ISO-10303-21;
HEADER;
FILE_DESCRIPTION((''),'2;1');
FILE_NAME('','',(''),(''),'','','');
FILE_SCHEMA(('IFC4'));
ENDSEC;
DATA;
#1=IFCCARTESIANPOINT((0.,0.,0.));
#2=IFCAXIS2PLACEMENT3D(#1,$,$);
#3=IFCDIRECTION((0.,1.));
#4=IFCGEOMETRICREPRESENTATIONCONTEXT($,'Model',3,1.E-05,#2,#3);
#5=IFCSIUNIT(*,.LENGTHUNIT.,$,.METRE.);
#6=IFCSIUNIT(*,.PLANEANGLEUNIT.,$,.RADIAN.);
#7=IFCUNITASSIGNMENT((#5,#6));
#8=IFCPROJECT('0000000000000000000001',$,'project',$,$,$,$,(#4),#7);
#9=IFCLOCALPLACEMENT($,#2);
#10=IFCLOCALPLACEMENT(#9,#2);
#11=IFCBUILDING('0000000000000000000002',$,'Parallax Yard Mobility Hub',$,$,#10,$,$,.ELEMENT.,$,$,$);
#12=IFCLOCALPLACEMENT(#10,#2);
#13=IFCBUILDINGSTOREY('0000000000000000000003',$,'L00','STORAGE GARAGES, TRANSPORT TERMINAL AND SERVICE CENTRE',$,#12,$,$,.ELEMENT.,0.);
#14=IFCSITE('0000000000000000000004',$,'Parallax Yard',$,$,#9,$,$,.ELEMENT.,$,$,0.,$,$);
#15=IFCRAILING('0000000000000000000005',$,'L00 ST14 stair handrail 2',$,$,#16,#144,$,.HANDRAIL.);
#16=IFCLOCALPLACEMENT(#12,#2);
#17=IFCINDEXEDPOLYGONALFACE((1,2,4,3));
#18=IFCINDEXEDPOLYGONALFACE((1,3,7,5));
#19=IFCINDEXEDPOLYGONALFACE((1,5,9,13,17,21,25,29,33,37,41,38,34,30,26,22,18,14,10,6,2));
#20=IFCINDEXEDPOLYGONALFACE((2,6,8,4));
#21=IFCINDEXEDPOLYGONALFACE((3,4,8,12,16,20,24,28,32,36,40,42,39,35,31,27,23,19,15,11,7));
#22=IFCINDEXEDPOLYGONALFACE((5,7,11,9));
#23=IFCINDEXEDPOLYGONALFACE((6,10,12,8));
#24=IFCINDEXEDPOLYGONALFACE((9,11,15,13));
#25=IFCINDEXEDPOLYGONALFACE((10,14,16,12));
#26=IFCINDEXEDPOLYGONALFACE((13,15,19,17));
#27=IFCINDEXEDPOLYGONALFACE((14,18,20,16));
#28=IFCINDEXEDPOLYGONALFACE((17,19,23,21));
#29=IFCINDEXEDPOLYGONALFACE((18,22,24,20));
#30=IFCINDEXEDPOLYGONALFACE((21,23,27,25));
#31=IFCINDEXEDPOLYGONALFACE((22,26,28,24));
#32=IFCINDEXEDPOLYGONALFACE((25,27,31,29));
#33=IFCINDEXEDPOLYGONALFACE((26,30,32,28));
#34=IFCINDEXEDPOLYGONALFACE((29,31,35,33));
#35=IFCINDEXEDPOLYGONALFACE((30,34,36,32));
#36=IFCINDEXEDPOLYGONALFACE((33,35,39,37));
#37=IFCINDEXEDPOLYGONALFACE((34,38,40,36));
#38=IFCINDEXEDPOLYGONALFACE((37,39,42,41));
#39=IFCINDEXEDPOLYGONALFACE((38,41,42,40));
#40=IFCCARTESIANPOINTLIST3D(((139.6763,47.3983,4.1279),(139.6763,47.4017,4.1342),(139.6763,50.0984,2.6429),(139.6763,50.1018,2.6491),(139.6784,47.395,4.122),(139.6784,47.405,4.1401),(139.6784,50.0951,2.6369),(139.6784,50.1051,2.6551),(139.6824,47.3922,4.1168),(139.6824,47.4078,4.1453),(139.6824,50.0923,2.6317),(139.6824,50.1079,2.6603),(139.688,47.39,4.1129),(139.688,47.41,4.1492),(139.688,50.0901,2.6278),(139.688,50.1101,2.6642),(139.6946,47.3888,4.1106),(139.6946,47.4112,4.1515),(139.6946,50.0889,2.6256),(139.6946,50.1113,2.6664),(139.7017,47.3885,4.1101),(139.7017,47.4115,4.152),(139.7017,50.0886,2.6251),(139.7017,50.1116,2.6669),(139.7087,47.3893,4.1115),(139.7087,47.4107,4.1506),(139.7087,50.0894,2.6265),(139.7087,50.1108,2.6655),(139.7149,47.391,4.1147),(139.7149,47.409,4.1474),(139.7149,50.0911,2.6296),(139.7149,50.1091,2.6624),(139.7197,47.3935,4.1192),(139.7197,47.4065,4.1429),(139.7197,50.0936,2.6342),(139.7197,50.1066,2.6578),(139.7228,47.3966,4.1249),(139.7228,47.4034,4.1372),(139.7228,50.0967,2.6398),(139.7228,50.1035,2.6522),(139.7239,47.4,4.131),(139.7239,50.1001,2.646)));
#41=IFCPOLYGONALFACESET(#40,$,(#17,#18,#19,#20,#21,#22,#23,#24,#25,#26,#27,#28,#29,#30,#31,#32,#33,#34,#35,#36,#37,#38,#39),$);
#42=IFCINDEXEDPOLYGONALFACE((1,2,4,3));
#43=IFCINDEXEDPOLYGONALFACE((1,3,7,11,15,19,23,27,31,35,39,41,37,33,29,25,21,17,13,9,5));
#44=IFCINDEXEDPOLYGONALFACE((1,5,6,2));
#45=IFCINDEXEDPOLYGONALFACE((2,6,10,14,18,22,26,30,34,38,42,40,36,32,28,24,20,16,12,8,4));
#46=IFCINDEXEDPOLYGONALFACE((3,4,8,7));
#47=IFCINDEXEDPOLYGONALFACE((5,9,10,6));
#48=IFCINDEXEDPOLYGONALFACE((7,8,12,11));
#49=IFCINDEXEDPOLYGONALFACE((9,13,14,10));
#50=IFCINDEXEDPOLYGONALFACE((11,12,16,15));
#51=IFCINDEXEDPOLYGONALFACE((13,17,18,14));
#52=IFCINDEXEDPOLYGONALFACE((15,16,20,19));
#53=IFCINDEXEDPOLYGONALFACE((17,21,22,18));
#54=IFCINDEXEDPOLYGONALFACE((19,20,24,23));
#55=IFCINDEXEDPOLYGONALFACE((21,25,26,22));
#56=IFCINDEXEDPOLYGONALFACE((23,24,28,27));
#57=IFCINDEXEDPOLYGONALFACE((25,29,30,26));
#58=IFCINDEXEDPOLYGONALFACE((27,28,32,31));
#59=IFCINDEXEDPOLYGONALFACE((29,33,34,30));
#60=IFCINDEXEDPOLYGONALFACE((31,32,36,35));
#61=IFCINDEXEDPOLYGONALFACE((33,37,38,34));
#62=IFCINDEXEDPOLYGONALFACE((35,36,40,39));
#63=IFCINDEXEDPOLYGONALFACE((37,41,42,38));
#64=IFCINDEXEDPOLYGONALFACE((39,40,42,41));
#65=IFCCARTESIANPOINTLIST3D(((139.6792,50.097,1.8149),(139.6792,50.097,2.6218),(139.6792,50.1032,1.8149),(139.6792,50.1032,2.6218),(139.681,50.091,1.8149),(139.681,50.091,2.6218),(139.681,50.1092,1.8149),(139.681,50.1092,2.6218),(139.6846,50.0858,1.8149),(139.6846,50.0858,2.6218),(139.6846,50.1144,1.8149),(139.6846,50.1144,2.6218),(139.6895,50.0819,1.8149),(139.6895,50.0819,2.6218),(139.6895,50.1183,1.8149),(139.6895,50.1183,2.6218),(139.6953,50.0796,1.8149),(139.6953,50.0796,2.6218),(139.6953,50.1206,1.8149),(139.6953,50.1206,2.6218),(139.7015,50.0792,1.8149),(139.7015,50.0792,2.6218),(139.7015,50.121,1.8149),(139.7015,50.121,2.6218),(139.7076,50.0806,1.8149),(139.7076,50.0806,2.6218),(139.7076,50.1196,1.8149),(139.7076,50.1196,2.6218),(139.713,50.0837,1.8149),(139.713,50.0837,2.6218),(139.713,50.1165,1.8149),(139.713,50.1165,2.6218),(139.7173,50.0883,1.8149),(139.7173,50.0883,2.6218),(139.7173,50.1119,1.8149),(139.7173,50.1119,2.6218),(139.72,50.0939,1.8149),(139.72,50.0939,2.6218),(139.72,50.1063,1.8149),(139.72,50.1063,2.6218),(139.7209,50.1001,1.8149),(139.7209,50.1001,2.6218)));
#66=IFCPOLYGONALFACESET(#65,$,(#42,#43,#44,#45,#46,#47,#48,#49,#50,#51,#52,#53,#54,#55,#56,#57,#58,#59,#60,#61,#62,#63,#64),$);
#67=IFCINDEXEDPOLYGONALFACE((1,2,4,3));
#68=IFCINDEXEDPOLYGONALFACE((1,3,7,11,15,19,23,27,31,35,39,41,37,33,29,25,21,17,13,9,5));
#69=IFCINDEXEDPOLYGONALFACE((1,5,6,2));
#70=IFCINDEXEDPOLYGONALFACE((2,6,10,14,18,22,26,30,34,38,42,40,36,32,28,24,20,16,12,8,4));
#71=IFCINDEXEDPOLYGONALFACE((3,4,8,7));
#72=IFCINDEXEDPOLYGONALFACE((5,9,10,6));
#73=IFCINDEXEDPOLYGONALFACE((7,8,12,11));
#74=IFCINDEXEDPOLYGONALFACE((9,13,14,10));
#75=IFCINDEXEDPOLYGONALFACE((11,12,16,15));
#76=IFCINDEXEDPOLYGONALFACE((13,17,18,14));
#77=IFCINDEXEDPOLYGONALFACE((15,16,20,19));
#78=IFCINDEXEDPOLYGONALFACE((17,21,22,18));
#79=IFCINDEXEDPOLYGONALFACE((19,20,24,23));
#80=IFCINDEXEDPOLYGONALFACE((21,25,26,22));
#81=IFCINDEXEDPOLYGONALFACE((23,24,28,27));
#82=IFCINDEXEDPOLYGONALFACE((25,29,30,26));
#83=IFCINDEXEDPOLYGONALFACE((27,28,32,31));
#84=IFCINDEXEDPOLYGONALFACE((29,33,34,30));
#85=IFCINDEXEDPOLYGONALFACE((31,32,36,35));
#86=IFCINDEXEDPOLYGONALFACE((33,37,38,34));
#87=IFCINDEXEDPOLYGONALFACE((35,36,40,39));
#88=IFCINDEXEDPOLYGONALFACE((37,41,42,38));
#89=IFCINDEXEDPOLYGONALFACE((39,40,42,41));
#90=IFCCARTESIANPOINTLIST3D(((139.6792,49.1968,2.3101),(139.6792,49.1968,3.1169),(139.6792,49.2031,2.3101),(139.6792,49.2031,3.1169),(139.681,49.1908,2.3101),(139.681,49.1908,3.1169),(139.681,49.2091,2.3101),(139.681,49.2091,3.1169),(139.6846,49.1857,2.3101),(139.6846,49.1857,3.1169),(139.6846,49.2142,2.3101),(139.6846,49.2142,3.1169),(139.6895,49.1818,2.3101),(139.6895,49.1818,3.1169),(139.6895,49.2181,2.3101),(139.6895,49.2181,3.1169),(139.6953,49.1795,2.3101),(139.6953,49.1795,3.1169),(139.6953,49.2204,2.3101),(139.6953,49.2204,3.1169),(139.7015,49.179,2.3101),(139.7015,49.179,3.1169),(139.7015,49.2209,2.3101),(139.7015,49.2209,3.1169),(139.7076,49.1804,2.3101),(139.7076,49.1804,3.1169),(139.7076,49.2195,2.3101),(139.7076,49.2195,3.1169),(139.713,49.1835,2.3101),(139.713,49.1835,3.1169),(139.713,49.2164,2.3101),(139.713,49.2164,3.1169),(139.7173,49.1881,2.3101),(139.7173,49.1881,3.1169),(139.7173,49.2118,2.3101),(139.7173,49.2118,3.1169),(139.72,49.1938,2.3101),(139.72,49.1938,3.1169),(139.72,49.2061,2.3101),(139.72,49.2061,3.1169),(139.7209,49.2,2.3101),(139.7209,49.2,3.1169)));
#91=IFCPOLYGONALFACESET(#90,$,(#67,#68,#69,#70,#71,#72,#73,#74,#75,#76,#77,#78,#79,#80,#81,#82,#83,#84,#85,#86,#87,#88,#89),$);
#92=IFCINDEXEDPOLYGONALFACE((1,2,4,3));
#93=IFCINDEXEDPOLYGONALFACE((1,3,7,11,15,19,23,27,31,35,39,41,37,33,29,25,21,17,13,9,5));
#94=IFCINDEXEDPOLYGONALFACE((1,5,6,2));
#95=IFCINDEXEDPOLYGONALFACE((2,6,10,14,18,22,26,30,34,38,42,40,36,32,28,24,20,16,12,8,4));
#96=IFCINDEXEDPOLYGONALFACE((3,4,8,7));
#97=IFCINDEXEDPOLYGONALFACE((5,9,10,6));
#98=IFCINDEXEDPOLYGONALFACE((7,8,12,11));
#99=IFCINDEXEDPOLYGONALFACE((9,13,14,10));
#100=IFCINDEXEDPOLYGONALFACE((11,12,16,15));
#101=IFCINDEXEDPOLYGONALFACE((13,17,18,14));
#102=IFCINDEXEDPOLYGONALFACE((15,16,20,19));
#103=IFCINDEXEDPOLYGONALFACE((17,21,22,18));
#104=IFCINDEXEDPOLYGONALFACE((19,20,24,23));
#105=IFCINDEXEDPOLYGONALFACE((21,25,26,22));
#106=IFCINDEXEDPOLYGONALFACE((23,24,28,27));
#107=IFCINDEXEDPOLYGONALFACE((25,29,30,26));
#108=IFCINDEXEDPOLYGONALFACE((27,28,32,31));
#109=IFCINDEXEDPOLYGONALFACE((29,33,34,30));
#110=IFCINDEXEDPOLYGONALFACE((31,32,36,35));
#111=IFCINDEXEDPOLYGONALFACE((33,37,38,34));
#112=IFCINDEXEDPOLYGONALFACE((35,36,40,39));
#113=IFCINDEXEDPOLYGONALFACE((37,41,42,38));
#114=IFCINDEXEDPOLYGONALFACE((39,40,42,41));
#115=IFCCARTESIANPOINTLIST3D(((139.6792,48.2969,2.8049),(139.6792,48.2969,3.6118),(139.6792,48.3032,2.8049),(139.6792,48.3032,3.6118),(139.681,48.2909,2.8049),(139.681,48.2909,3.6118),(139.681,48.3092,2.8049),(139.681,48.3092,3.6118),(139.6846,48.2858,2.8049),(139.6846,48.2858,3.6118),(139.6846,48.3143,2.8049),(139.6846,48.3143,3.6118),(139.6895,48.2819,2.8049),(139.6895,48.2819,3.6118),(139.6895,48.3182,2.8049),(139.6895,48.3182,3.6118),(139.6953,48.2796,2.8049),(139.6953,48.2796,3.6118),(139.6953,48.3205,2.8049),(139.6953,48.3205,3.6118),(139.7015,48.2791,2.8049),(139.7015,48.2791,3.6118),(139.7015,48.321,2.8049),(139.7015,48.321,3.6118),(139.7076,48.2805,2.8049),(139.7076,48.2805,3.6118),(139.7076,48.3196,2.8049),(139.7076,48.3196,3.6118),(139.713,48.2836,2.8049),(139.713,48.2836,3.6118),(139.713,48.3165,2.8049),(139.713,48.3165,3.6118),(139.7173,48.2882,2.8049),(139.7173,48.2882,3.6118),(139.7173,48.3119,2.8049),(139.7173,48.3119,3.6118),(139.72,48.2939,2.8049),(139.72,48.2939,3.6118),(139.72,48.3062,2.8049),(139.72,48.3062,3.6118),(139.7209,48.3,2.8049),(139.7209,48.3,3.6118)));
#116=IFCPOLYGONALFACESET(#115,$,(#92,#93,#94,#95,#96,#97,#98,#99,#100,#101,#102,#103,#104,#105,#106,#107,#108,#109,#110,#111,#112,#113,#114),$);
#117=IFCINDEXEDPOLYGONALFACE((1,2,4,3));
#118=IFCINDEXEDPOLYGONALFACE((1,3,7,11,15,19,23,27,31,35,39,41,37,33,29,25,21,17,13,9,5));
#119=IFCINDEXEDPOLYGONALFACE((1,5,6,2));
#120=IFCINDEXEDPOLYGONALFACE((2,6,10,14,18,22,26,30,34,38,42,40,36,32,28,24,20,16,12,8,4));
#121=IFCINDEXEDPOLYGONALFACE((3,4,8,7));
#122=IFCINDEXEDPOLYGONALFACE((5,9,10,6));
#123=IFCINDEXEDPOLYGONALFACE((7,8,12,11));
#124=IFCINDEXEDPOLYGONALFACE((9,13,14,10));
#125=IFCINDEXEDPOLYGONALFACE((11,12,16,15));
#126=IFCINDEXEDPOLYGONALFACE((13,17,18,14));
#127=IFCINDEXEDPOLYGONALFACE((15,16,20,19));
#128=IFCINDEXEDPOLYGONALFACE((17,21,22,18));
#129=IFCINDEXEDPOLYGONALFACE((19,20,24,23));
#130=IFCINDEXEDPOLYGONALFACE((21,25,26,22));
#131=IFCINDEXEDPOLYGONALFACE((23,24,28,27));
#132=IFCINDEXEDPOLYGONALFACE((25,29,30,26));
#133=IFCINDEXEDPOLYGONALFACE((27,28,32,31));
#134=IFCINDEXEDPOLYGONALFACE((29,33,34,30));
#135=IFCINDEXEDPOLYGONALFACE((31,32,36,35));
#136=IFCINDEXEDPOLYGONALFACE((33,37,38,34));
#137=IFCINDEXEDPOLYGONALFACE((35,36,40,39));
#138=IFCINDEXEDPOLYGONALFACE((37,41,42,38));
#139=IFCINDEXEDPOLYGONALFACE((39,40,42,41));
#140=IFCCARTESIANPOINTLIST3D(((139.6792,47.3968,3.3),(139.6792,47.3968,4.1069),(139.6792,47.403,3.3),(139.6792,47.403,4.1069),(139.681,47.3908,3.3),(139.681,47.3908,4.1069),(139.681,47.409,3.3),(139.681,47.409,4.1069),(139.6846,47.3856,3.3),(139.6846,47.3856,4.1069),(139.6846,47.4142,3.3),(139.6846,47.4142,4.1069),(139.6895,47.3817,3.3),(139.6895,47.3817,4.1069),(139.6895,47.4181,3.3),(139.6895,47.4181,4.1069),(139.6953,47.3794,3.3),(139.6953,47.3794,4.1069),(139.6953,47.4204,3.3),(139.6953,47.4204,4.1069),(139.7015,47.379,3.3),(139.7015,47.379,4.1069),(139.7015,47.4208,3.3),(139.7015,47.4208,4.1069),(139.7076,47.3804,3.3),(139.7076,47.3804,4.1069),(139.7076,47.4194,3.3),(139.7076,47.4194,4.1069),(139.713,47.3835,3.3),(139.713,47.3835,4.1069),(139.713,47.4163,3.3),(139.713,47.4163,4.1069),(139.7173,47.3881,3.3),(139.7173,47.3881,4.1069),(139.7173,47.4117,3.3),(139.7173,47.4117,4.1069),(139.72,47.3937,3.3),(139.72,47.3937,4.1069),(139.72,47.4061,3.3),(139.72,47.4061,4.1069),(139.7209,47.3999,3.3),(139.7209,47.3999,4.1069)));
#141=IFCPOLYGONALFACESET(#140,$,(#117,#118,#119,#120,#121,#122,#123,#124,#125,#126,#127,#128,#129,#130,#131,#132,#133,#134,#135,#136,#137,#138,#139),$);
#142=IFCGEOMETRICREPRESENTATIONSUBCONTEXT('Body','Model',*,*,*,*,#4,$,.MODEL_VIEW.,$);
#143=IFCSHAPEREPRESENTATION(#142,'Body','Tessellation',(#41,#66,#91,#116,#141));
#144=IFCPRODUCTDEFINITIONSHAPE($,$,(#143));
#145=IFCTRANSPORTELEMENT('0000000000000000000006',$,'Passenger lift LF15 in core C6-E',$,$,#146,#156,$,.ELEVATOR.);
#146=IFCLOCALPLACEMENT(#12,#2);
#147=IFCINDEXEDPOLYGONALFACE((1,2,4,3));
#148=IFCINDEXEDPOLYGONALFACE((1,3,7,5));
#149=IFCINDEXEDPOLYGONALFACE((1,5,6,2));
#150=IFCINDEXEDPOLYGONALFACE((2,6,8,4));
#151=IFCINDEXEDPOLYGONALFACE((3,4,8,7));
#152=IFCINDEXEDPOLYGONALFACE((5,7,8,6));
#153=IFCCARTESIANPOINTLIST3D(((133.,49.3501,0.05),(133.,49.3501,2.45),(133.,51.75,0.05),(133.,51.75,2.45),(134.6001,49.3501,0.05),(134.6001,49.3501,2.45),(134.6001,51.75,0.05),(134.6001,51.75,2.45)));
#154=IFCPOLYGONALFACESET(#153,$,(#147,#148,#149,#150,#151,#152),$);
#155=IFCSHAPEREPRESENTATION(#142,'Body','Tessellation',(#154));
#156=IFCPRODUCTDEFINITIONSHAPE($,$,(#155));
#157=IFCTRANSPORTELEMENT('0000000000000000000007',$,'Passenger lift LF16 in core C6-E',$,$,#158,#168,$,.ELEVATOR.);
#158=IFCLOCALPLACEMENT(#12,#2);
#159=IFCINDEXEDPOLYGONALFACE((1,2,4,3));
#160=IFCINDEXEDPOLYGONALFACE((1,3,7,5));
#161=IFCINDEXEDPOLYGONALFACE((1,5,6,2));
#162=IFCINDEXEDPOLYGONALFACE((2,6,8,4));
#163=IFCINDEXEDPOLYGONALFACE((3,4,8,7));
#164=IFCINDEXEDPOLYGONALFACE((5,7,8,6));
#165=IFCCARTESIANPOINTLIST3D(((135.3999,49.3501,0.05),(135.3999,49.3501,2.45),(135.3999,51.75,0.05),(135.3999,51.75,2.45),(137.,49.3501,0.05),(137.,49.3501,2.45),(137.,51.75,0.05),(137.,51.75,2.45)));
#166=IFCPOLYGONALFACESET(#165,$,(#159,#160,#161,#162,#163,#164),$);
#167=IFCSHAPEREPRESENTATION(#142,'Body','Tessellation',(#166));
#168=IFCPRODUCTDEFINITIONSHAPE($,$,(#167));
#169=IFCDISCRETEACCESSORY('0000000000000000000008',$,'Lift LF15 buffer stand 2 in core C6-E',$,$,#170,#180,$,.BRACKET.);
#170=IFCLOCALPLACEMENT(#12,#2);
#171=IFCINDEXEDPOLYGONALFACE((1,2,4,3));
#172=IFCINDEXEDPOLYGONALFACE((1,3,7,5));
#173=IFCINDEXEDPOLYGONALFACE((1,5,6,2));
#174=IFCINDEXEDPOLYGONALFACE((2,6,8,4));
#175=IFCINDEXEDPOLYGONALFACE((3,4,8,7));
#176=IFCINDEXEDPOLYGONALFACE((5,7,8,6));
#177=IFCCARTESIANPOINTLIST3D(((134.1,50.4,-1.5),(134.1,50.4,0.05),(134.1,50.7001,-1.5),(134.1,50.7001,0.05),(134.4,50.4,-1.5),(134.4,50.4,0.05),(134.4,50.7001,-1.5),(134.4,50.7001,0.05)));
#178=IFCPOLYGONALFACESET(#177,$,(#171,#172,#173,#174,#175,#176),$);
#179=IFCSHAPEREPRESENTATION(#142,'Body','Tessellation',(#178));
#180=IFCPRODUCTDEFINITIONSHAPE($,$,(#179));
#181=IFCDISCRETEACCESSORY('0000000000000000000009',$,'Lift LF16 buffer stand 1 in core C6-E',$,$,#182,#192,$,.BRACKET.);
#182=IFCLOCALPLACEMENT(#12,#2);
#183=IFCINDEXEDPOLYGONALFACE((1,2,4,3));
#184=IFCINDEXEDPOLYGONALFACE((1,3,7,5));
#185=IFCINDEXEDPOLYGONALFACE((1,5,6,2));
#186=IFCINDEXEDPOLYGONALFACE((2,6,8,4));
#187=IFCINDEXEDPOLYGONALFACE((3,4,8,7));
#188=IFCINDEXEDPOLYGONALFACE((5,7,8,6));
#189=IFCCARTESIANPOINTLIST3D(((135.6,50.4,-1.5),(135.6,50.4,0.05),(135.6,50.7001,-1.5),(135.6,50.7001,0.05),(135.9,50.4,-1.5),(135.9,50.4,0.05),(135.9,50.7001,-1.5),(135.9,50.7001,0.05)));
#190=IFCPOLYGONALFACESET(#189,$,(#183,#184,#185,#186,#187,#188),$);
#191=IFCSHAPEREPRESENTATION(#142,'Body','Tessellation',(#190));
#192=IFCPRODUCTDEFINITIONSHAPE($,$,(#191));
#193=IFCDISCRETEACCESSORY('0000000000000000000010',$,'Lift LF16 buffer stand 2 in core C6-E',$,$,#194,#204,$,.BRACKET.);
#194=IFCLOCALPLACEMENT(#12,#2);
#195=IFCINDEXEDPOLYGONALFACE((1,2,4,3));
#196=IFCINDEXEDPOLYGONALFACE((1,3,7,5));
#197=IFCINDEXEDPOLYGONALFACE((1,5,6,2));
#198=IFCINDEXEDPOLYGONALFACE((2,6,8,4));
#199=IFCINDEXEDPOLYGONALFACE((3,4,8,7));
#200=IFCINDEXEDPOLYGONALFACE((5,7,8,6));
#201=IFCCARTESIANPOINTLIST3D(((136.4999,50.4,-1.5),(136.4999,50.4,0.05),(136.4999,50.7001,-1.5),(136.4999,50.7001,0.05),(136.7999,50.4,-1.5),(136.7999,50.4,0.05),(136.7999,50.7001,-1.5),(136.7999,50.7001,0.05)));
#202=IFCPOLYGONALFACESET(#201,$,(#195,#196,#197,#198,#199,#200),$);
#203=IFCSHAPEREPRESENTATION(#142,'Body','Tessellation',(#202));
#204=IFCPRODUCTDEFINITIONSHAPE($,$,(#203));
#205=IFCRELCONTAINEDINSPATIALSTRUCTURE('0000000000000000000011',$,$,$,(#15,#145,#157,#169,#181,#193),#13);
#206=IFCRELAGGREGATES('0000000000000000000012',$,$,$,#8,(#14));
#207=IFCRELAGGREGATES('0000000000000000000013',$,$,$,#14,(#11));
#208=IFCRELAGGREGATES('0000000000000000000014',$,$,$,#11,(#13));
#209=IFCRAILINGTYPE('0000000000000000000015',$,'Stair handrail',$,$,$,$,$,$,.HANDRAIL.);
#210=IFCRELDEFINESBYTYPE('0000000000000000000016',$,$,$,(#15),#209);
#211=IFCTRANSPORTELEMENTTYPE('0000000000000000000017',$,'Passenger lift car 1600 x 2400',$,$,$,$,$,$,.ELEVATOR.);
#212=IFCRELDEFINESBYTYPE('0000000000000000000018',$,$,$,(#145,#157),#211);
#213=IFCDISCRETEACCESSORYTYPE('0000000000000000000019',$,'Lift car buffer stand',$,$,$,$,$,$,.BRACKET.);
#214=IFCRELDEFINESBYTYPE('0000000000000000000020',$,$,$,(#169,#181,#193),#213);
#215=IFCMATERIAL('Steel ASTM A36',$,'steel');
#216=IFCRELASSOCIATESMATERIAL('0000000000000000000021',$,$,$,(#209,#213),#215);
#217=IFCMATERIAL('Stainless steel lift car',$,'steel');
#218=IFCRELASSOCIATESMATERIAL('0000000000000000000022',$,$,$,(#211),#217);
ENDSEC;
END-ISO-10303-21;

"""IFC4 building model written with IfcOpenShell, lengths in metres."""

from ifc_helpers import new_model, si_unit, direction, frame, origin, origin_2d, place, context, subcontext, project, spatial, rectangle, circle, extrude, material, type_object, element, save


model = new_model("IFC4")

# Units and contexts
model_context = context("Model", 3, precision=1e-05, world=origin(), true_north=direction((0.0, 1.0)))
body_context = subcontext(model_context, "Body", "Model", "MODEL_VIEW")
ifc_project = project(units=[si_unit("LENGTHUNIT", "METRE"), si_unit("PLANEANGLEUNIT", "RADIAN")], contexts=[model_context])

# Site, building, storey
site_placement = place(None, origin())
site = spatial("IfcSite", under=ifc_project, at=site_placement, Name="Parallax Yard", CompositionType="ELEMENT", RefElevation=0.0)
building_placement = place(site_placement, origin())
building = spatial("IfcBuilding", under=site, at=building_placement, Name="Parallax Yard Mobility Hub", CompositionType="ELEMENT")
storey_placement = place(building_placement, origin())
storey = spatial("IfcBuildingStorey", under=building, at=storey_placement, Name="L00", Description="STORAGE GARAGES, TRANSPORT TERMINAL AND SERVICE CENTRE", CompositionType="ELEMENT", Elevation=0.0)

# Railing
ifc_material_1 = material(Name="Steel ASTM A36", Category="steel")
railing_type_1 = type_object("IfcRailingType", Name="Stair handrail", PredefinedType="HANDRAIL", material=ifc_material_1)
railing_1_placement = place(storey_placement, frame((139.7, 50.1001, 1.8149)))
element("IfcRailing", 1, at=railing_1_placement, inside=storey, type_object=railing_type_1, Name="L00 ST14 stair handrail 2", PredefinedType="HANDRAIL", context=body_context, shape_type="SweptSolid", body=[
    extrude(circle(Radius=0.0239, at=origin_2d()), frame((0.0, 0.0, 0.8311), z_axis=(0.0, -0.876216, 0.481919), x_axis=(1.0, 0.0, 0.0)), (0.0, 0.0, 1.0), 3.0815),
    extrude(circle(Radius=0.021, at=origin_2d()), origin(), (0.0, 0.0, 1.0), 0.8069),
    extrude(circle(Radius=0.021, at=origin_2d()), frame((0.0, -0.9001, 0.4951)), (0.0, 0.0, 1.0), 0.8069),
    extrude(circle(Radius=0.021, at=origin_2d()), frame((0.0, -1.8, 0.99)), (0.0, 0.0, 1.0), 0.8069),
    extrude(circle(Radius=0.021, at=origin_2d()), frame((0.0, -2.7002, 1.4851)), (0.0, 0.0, 1.0), 0.8069),
])

# Transport elements
ifc_material_2 = material(Name="Stainless steel lift car", Category="steel")
transport_element_type = type_object("IfcTransportElementType", Name="Passenger lift car 1600 x 2400", PredefinedType="ELEVATOR", material=ifc_material_2)
for number, where, z_axis, x_axis, name in (
    (2, (133.8, 50.55, 0.05), (0.0, 0.0, 1.0), (1.0, 0.0, 0.0), "Passenger lift LF15 in core C6-E"),
    (3, (136.2, 50.55, 0.05), (0.0, 0.0, 1.0), (1.0, 0.0, 0.0), "Passenger lift LF16 in core C6-E"),
):
    element("IfcTransportElement", number, at=place(storey_placement, frame(where, z_axis=z_axis, x_axis=x_axis)), inside=storey, type_object=transport_element_type, Name=name, PredefinedType="ELEVATOR", context=body_context, shape_type="SweptSolid", body=[
        extrude(rectangle(XDim=1.6001, YDim=2.3999, at=origin_2d()), origin(), (0.0, 0.0, 1.0), 2.3999),
    ])

# Discrete accessories
discrete_accessory_type = type_object("IfcDiscreteAccessoryType", Name="Lift car buffer stand", PredefinedType="BRACKET", material=ifc_material_1)
for number, where, z_axis, x_axis, name in (
    (4, (134.25, 50.55, -1.5), (0.0, 0.0, 1.0), (1.0, 0.0, 0.0), "Lift LF15 buffer stand 2 in core C6-E"),
    (5, (135.75, 50.55, -1.5), (0.0, 0.0, 1.0), (1.0, 0.0, 0.0), "Lift LF16 buffer stand 1 in core C6-E"),
    (6, (136.6499, 50.55, -1.5), (0.0, 0.0, 1.0), (1.0, 0.0, 0.0), "Lift LF16 buffer stand 2 in core C6-E"),
):
    element("IfcDiscreteAccessory", number, at=place(storey_placement, frame(where, z_axis=z_axis, x_axis=x_axis)), inside=storey, type_object=discrete_accessory_type, Name=name, PredefinedType="BRACKET", context=body_context, shape_type="SweptSolid", body=[
        extrude(rectangle(XDim=0.3, YDim=0.3, at=origin_2d()), origin(), (0.0, 0.0, 1.0), 1.55),
    ])

save(model, "model.ifc")
